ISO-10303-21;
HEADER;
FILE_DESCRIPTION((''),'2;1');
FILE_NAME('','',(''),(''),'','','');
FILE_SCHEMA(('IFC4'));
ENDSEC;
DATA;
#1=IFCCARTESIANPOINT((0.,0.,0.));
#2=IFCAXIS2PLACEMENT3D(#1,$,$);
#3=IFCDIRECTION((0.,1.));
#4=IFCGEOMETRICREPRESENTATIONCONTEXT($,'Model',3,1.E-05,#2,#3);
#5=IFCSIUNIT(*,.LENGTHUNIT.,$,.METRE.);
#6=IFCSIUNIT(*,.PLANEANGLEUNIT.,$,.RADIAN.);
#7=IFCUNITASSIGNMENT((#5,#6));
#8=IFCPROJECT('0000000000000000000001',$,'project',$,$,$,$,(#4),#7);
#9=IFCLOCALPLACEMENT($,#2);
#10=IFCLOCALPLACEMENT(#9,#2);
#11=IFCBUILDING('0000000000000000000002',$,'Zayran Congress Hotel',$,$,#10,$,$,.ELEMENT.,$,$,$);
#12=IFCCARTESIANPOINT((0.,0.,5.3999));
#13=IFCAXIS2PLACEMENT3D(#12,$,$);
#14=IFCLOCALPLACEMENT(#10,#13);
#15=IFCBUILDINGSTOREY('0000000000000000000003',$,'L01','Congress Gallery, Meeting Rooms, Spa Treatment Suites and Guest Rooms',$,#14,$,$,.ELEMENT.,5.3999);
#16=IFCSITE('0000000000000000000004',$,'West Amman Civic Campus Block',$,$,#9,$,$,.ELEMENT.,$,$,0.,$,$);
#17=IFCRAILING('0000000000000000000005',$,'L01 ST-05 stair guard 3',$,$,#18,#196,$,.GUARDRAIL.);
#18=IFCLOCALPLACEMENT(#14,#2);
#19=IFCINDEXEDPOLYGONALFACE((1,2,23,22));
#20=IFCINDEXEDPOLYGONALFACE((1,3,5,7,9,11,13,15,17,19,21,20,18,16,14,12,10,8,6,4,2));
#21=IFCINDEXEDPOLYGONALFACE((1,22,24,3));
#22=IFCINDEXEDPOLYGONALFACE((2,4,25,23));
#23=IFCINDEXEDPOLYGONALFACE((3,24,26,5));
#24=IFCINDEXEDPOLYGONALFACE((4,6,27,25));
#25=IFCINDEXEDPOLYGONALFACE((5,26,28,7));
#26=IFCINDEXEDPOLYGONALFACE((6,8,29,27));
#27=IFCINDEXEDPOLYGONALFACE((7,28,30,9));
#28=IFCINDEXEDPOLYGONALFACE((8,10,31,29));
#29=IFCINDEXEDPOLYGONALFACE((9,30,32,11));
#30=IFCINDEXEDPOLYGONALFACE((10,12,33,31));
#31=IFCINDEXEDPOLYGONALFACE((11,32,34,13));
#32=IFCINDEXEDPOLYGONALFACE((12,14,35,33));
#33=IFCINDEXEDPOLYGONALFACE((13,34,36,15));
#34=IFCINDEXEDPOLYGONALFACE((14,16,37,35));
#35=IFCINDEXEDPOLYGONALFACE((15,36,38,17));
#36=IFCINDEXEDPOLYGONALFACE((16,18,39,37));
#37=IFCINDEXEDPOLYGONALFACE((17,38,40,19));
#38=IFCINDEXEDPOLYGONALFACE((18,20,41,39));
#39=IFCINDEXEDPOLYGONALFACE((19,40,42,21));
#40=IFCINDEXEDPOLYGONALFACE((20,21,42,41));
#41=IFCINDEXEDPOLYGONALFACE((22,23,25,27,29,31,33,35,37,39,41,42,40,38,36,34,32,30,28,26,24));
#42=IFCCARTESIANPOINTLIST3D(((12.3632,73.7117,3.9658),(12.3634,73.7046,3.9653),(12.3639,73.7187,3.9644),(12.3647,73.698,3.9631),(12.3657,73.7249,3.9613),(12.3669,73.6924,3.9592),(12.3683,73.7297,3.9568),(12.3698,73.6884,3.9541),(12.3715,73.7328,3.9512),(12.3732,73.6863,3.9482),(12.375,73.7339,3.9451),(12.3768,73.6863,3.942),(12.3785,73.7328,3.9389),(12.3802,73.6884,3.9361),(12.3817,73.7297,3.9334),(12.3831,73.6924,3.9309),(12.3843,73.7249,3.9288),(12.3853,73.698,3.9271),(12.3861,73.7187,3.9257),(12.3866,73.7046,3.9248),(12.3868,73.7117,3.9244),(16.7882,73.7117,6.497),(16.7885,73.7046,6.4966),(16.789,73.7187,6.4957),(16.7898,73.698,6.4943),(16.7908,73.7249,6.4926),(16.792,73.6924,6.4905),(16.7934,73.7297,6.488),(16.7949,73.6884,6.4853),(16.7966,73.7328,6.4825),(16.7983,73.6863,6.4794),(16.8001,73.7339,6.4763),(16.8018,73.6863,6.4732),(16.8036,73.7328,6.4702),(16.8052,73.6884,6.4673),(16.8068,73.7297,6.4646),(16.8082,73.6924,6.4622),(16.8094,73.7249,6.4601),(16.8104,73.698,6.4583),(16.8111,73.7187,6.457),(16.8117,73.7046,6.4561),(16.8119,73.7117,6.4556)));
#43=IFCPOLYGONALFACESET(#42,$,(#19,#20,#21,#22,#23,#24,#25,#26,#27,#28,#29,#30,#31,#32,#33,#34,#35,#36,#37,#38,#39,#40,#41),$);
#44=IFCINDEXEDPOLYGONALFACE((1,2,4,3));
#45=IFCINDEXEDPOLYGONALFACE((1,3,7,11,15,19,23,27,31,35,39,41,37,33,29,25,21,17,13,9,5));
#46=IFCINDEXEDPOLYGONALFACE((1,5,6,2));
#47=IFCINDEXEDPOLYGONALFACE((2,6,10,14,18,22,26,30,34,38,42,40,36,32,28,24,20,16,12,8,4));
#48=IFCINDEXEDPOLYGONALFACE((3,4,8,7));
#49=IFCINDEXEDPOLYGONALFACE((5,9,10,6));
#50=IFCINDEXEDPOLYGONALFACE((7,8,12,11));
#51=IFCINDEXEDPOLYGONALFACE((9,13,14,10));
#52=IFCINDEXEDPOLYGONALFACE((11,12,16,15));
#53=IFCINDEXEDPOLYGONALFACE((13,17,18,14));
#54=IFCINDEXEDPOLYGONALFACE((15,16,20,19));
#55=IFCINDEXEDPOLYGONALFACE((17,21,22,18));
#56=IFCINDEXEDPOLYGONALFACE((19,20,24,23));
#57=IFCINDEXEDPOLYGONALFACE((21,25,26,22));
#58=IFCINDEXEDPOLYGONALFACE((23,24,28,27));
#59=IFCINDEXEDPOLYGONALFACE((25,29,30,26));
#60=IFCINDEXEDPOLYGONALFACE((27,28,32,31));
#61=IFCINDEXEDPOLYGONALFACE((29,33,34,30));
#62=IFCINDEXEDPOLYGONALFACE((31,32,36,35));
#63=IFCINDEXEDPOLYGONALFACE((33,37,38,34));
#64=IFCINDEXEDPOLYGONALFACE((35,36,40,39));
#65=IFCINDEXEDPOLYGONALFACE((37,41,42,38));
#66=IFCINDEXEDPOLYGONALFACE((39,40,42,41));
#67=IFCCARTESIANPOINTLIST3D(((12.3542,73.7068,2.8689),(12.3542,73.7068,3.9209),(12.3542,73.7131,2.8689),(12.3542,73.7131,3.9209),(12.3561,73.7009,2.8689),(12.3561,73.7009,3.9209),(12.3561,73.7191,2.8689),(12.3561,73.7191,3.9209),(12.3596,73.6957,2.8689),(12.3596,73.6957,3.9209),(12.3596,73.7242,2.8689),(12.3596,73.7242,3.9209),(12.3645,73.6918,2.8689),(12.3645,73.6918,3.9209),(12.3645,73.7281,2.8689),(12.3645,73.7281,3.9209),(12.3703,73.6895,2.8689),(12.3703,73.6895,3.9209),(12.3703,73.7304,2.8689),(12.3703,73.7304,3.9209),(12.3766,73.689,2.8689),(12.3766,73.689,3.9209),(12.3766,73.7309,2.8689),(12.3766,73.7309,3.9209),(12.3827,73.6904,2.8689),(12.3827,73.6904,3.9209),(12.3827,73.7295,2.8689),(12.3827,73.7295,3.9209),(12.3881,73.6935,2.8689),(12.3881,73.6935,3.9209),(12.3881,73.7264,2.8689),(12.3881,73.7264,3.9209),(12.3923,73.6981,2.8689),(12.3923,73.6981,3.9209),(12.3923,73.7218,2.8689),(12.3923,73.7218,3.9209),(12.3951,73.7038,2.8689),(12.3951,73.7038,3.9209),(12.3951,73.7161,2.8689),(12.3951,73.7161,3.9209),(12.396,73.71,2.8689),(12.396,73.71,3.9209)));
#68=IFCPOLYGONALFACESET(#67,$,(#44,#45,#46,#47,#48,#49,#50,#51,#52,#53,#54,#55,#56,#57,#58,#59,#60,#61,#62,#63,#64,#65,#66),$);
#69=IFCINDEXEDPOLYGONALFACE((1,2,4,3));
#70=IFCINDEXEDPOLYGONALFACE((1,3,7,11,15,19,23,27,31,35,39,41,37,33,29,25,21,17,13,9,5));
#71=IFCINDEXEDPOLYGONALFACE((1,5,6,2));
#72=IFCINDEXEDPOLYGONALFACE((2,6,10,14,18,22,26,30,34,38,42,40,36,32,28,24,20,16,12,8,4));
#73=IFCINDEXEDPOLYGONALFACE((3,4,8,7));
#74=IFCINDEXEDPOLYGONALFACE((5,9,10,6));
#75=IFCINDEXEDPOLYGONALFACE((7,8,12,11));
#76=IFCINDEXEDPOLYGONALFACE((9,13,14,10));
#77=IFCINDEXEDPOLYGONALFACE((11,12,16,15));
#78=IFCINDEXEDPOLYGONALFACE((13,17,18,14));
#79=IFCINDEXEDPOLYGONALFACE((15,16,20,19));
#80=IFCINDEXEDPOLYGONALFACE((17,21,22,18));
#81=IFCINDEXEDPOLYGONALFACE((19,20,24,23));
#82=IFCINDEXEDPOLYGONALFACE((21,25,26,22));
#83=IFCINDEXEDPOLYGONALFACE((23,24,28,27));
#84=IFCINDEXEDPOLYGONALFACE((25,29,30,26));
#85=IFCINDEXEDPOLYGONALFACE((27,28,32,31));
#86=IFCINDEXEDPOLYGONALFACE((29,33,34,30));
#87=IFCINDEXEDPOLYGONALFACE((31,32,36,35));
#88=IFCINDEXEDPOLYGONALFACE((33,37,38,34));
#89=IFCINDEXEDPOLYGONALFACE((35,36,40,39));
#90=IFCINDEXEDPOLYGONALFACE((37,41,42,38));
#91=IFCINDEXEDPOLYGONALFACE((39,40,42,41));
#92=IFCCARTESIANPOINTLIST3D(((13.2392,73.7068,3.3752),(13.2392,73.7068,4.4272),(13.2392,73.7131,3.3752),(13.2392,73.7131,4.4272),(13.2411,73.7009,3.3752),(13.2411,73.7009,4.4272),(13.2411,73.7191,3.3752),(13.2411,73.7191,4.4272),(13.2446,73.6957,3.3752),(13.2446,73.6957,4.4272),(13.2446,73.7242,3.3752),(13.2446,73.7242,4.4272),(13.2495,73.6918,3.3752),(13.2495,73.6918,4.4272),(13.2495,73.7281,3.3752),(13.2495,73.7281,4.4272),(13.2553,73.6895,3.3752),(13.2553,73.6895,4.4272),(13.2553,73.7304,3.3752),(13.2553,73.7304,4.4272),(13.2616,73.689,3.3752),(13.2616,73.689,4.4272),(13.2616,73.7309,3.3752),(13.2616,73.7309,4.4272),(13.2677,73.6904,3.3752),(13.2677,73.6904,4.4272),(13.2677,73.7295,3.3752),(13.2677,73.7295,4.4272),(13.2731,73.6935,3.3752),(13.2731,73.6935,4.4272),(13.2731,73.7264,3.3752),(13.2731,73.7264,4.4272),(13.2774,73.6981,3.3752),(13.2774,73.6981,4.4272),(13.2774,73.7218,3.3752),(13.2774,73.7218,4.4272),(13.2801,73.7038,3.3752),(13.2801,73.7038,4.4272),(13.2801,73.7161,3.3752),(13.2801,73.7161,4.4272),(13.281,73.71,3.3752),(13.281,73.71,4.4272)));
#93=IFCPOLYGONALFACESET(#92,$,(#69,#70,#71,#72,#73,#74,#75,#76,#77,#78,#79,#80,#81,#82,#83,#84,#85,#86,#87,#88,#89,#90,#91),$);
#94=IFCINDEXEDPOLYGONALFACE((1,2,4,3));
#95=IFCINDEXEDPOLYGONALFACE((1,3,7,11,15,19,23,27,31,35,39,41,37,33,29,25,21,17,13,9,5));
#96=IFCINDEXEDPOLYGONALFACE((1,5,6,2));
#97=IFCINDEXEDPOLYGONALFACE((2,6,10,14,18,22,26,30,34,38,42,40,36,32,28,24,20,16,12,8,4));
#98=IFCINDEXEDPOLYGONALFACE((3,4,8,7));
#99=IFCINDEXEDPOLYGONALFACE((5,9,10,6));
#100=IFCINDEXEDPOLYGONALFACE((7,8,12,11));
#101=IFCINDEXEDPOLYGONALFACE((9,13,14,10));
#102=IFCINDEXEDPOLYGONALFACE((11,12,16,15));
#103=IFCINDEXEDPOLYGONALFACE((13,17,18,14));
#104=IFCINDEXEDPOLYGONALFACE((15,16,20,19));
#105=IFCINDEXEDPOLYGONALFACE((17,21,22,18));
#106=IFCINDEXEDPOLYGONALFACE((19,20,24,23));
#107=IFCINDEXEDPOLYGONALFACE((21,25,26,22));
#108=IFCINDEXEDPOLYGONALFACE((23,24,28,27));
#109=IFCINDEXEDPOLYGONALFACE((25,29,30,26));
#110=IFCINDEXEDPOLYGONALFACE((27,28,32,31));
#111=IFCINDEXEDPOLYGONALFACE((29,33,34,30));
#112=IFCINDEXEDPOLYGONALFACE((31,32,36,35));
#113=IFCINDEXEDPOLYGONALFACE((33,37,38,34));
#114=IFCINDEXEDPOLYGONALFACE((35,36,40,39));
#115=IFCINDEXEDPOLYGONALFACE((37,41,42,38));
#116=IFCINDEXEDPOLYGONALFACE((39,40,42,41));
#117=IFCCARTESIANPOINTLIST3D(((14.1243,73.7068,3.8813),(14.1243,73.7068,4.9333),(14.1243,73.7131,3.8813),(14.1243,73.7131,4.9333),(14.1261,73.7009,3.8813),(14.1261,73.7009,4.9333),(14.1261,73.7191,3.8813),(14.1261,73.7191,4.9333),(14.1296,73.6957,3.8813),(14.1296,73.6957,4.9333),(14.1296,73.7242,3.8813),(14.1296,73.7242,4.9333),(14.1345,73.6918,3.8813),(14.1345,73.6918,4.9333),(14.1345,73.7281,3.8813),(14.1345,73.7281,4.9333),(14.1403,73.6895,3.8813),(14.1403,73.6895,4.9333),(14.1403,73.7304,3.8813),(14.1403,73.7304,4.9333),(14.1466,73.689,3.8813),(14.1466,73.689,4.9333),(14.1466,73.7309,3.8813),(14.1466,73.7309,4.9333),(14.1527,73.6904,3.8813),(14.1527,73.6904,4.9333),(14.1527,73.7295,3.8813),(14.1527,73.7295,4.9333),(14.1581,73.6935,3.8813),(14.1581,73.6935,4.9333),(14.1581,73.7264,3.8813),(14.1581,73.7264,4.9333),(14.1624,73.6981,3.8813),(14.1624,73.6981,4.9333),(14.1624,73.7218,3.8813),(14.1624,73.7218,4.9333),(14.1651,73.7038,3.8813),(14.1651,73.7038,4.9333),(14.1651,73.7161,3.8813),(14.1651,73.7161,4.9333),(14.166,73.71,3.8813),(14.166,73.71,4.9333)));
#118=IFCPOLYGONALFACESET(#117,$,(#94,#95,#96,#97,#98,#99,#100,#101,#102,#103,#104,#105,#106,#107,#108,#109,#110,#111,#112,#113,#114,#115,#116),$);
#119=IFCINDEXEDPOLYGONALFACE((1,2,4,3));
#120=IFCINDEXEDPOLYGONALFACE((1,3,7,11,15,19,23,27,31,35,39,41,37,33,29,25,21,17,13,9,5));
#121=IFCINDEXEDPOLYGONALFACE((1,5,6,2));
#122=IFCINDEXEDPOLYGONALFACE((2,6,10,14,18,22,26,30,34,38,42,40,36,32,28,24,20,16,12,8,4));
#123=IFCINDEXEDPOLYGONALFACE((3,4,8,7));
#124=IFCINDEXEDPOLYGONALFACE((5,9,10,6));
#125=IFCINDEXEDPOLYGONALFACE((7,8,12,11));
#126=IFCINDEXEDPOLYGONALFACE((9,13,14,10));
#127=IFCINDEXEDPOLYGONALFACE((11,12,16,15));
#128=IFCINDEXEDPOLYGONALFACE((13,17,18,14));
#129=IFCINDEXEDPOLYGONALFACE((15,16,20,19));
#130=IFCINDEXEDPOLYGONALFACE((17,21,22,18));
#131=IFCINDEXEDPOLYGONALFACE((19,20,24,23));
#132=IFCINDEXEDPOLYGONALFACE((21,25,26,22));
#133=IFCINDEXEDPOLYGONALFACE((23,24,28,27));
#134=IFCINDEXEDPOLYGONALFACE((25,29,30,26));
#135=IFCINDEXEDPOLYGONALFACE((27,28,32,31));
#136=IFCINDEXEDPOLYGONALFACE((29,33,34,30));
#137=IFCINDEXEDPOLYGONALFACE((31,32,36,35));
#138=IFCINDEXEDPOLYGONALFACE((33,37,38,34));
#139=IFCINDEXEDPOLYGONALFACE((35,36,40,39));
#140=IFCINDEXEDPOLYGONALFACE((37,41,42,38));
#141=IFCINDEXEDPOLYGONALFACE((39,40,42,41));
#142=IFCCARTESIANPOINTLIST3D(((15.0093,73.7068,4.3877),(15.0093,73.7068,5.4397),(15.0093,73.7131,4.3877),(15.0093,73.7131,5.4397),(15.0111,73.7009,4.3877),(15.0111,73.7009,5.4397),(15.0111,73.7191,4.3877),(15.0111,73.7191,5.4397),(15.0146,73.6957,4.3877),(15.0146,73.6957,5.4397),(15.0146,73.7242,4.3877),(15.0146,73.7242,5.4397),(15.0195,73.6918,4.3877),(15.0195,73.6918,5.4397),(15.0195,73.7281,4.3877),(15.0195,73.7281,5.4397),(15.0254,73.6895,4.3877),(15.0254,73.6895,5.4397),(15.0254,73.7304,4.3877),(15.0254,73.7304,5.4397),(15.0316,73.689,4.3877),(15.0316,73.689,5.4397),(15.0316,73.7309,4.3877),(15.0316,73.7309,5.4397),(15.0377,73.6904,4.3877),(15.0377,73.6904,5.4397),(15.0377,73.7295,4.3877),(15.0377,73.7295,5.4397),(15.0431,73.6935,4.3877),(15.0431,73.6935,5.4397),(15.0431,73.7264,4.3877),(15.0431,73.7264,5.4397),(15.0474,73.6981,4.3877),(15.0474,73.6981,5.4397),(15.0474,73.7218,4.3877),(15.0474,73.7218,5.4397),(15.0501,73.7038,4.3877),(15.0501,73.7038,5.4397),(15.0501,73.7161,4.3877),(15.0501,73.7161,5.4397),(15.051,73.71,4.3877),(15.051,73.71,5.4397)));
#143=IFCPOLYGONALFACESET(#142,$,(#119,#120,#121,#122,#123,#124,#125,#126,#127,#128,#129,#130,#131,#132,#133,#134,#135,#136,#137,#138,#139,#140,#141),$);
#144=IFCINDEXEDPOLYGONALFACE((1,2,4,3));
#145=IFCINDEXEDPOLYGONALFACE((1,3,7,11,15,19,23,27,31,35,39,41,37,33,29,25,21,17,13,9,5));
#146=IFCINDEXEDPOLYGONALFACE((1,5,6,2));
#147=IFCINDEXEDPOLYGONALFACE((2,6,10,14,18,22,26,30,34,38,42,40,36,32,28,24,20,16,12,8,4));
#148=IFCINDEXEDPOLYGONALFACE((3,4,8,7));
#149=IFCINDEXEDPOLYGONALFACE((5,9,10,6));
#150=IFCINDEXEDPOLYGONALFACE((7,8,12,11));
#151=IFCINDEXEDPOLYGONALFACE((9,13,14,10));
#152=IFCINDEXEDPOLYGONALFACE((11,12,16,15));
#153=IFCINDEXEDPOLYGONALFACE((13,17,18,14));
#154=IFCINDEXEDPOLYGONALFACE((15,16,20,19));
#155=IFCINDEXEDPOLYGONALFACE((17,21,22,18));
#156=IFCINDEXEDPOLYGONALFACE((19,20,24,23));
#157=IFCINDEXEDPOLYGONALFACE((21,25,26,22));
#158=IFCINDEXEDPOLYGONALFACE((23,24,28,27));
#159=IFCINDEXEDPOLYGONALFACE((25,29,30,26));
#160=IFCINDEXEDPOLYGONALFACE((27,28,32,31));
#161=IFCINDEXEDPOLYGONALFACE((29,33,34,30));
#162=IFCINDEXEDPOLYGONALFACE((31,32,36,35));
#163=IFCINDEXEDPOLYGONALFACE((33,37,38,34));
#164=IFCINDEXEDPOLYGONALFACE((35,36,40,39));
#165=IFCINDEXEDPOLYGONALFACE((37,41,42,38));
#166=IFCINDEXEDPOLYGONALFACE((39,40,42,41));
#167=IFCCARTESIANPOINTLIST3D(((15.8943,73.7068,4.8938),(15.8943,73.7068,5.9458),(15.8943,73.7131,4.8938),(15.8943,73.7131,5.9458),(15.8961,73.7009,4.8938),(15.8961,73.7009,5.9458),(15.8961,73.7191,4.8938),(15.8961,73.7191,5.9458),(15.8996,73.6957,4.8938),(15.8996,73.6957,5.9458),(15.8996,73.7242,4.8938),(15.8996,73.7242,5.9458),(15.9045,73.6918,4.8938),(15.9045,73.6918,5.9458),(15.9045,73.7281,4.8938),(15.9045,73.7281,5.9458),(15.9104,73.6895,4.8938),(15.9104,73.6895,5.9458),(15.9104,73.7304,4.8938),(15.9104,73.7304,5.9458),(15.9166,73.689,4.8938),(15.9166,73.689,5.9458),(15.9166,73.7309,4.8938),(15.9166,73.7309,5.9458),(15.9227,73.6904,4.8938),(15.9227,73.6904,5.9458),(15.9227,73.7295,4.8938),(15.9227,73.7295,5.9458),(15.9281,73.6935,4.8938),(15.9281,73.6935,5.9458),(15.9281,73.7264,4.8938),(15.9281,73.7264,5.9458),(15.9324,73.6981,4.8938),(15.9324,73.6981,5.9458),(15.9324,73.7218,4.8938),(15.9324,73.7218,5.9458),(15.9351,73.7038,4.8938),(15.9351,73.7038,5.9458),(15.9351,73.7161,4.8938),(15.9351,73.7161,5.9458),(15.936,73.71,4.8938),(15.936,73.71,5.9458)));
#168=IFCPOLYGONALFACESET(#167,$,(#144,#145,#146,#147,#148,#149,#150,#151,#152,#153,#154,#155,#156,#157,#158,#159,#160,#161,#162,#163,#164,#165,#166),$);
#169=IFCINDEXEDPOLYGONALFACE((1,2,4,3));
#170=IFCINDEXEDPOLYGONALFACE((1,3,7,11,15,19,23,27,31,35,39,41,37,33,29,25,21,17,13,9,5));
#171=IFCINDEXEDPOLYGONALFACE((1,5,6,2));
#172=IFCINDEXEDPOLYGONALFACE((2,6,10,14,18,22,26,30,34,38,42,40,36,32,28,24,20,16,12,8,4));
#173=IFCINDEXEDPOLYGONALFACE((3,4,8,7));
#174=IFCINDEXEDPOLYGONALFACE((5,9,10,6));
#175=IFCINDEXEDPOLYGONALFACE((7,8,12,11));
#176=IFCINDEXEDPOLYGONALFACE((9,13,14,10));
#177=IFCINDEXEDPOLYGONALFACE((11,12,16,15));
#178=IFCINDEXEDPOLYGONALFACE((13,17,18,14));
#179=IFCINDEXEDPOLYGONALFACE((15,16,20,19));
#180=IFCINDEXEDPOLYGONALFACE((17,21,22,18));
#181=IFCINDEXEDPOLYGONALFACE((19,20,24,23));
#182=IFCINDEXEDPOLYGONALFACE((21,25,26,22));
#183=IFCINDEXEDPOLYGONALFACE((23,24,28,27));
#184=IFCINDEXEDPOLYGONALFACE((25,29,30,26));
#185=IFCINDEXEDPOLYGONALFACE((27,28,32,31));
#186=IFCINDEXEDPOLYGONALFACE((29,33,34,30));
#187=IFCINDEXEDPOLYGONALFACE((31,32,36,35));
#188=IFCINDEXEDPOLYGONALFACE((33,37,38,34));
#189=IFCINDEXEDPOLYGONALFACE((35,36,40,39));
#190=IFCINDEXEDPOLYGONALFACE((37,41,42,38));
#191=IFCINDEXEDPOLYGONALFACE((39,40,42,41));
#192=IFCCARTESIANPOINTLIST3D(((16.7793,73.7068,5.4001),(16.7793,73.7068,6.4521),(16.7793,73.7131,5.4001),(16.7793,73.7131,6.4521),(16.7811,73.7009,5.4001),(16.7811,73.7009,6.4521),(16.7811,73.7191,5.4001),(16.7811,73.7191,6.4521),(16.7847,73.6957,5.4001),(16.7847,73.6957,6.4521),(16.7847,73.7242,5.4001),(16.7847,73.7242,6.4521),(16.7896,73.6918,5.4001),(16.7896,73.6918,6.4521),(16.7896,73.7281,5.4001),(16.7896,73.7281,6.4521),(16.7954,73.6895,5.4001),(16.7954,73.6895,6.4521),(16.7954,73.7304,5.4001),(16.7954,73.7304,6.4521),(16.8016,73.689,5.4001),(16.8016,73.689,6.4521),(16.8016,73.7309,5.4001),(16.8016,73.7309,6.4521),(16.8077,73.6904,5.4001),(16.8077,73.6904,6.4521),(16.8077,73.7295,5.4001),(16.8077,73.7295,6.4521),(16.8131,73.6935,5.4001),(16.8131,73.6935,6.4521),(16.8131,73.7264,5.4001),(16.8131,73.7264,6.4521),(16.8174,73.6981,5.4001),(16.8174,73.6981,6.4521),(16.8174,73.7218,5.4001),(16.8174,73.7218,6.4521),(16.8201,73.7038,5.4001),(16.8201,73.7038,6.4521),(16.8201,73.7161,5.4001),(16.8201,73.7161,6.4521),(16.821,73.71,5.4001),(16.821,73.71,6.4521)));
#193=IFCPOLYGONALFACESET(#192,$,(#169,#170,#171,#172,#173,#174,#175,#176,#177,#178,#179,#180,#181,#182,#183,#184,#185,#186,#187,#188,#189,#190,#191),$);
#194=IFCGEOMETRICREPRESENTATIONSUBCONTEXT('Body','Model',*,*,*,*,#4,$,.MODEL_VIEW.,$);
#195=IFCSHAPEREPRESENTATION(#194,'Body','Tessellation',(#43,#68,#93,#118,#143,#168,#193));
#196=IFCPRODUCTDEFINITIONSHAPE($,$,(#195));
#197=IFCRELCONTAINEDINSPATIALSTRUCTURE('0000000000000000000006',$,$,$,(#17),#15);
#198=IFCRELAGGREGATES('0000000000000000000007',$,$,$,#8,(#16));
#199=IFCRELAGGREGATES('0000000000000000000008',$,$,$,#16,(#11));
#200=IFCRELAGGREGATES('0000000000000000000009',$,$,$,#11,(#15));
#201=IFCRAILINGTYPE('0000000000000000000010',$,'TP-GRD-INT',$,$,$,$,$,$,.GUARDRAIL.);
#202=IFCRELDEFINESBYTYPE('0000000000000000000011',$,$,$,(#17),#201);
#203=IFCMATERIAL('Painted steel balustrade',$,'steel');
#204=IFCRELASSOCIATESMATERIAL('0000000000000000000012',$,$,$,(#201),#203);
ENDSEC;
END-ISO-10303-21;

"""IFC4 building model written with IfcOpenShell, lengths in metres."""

from ifc_helpers import new_model, si_unit, direction, frame, origin, origin_2d, place, context, subcontext, project, spatial, circle, extrude, material, type_object, element, save


model = new_model("IFC4")

# Units and contexts
model_context = context("Model", 3, precision=1e-05, world=origin(), true_north=direction((0.0, 1.0)))
body_context = subcontext(model_context, "Body", "Model", "MODEL_VIEW")
ifc_project = project(units=[si_unit("LENGTHUNIT", "METRE"), si_unit("PLANEANGLEUNIT", "RADIAN")], contexts=[model_context])

# Site, building, storey
site_placement = place(None, origin())
site = spatial("IfcSite", under=ifc_project, at=site_placement, Name="West Amman Civic Campus Block", CompositionType="ELEMENT", RefElevation=0.0)
building_placement = place(site_placement, origin())
building = spatial("IfcBuilding", under=site, at=building_placement, Name="Zayran Congress Hotel", CompositionType="ELEMENT")
storey_placement = place(building_placement, frame((0.0, 0.0, 5.3999)))
storey = spatial("IfcBuildingStorey", under=building, at=storey_placement, Name="L01", Description="Congress Gallery, Meeting Rooms, Spa Treatment Suites and Guest Rooms", CompositionType="ELEMENT", Elevation=5.3999)

# Railing
ifc_material_1 = material(Name="Painted steel balustrade", Category="steel")
railing_type_1 = type_object("IfcRailingType", Name="TP-GRD-INT", PredefinedType="GUARDRAIL", material=ifc_material_1)
railing_1_placement = place(storey_placement, frame((12.375, 73.71, 2.8689)))
element("IfcRailing", 1, at=railing_1_placement, inside=storey, type_object=railing_type_1, Name="L01 ST-05 stair guard 3", PredefinedType="GUARDRAIL", context=body_context, shape_type="SweptSolid", body=[
    extrude(circle(Radius=0.0239, at=origin_2d()), frame((0.0, 0.0, 1.0762), z_axis=(0.868019, 0.0, 0.496531), x_axis=(0.0, 1.0, 0.0)), (0.0, 0.0, 1.0), 5.0979),
    extrude(circle(Radius=0.021, at=origin_2d()), origin(), (0.0, 0.0, 1.0), 1.052),
    extrude(circle(Radius=0.021, at=origin_2d()), frame((0.885, 0.0, 0.5063)), (0.0, 0.0, 1.0), 1.052),
    extrude(circle(Radius=0.021, at=origin_2d()), frame((1.77, 0.0, 1.0125)), (0.0, 0.0, 1.0), 1.052),
    extrude(circle(Radius=0.021, at=origin_2d()), frame((2.655, 0.0, 1.5188)), (0.0, 0.0, 1.0), 1.052),
    extrude(circle(Radius=0.021, at=origin_2d()), frame((3.54, 0.0, 2.0249)), (0.0, 0.0, 1.0), 1.052),
    extrude(circle(Radius=0.021, at=origin_2d()), frame((4.425, 0.0, 2.5312)), (0.0, 0.0, 1.0), 1.052),
])

save(model, "model.ifc")
